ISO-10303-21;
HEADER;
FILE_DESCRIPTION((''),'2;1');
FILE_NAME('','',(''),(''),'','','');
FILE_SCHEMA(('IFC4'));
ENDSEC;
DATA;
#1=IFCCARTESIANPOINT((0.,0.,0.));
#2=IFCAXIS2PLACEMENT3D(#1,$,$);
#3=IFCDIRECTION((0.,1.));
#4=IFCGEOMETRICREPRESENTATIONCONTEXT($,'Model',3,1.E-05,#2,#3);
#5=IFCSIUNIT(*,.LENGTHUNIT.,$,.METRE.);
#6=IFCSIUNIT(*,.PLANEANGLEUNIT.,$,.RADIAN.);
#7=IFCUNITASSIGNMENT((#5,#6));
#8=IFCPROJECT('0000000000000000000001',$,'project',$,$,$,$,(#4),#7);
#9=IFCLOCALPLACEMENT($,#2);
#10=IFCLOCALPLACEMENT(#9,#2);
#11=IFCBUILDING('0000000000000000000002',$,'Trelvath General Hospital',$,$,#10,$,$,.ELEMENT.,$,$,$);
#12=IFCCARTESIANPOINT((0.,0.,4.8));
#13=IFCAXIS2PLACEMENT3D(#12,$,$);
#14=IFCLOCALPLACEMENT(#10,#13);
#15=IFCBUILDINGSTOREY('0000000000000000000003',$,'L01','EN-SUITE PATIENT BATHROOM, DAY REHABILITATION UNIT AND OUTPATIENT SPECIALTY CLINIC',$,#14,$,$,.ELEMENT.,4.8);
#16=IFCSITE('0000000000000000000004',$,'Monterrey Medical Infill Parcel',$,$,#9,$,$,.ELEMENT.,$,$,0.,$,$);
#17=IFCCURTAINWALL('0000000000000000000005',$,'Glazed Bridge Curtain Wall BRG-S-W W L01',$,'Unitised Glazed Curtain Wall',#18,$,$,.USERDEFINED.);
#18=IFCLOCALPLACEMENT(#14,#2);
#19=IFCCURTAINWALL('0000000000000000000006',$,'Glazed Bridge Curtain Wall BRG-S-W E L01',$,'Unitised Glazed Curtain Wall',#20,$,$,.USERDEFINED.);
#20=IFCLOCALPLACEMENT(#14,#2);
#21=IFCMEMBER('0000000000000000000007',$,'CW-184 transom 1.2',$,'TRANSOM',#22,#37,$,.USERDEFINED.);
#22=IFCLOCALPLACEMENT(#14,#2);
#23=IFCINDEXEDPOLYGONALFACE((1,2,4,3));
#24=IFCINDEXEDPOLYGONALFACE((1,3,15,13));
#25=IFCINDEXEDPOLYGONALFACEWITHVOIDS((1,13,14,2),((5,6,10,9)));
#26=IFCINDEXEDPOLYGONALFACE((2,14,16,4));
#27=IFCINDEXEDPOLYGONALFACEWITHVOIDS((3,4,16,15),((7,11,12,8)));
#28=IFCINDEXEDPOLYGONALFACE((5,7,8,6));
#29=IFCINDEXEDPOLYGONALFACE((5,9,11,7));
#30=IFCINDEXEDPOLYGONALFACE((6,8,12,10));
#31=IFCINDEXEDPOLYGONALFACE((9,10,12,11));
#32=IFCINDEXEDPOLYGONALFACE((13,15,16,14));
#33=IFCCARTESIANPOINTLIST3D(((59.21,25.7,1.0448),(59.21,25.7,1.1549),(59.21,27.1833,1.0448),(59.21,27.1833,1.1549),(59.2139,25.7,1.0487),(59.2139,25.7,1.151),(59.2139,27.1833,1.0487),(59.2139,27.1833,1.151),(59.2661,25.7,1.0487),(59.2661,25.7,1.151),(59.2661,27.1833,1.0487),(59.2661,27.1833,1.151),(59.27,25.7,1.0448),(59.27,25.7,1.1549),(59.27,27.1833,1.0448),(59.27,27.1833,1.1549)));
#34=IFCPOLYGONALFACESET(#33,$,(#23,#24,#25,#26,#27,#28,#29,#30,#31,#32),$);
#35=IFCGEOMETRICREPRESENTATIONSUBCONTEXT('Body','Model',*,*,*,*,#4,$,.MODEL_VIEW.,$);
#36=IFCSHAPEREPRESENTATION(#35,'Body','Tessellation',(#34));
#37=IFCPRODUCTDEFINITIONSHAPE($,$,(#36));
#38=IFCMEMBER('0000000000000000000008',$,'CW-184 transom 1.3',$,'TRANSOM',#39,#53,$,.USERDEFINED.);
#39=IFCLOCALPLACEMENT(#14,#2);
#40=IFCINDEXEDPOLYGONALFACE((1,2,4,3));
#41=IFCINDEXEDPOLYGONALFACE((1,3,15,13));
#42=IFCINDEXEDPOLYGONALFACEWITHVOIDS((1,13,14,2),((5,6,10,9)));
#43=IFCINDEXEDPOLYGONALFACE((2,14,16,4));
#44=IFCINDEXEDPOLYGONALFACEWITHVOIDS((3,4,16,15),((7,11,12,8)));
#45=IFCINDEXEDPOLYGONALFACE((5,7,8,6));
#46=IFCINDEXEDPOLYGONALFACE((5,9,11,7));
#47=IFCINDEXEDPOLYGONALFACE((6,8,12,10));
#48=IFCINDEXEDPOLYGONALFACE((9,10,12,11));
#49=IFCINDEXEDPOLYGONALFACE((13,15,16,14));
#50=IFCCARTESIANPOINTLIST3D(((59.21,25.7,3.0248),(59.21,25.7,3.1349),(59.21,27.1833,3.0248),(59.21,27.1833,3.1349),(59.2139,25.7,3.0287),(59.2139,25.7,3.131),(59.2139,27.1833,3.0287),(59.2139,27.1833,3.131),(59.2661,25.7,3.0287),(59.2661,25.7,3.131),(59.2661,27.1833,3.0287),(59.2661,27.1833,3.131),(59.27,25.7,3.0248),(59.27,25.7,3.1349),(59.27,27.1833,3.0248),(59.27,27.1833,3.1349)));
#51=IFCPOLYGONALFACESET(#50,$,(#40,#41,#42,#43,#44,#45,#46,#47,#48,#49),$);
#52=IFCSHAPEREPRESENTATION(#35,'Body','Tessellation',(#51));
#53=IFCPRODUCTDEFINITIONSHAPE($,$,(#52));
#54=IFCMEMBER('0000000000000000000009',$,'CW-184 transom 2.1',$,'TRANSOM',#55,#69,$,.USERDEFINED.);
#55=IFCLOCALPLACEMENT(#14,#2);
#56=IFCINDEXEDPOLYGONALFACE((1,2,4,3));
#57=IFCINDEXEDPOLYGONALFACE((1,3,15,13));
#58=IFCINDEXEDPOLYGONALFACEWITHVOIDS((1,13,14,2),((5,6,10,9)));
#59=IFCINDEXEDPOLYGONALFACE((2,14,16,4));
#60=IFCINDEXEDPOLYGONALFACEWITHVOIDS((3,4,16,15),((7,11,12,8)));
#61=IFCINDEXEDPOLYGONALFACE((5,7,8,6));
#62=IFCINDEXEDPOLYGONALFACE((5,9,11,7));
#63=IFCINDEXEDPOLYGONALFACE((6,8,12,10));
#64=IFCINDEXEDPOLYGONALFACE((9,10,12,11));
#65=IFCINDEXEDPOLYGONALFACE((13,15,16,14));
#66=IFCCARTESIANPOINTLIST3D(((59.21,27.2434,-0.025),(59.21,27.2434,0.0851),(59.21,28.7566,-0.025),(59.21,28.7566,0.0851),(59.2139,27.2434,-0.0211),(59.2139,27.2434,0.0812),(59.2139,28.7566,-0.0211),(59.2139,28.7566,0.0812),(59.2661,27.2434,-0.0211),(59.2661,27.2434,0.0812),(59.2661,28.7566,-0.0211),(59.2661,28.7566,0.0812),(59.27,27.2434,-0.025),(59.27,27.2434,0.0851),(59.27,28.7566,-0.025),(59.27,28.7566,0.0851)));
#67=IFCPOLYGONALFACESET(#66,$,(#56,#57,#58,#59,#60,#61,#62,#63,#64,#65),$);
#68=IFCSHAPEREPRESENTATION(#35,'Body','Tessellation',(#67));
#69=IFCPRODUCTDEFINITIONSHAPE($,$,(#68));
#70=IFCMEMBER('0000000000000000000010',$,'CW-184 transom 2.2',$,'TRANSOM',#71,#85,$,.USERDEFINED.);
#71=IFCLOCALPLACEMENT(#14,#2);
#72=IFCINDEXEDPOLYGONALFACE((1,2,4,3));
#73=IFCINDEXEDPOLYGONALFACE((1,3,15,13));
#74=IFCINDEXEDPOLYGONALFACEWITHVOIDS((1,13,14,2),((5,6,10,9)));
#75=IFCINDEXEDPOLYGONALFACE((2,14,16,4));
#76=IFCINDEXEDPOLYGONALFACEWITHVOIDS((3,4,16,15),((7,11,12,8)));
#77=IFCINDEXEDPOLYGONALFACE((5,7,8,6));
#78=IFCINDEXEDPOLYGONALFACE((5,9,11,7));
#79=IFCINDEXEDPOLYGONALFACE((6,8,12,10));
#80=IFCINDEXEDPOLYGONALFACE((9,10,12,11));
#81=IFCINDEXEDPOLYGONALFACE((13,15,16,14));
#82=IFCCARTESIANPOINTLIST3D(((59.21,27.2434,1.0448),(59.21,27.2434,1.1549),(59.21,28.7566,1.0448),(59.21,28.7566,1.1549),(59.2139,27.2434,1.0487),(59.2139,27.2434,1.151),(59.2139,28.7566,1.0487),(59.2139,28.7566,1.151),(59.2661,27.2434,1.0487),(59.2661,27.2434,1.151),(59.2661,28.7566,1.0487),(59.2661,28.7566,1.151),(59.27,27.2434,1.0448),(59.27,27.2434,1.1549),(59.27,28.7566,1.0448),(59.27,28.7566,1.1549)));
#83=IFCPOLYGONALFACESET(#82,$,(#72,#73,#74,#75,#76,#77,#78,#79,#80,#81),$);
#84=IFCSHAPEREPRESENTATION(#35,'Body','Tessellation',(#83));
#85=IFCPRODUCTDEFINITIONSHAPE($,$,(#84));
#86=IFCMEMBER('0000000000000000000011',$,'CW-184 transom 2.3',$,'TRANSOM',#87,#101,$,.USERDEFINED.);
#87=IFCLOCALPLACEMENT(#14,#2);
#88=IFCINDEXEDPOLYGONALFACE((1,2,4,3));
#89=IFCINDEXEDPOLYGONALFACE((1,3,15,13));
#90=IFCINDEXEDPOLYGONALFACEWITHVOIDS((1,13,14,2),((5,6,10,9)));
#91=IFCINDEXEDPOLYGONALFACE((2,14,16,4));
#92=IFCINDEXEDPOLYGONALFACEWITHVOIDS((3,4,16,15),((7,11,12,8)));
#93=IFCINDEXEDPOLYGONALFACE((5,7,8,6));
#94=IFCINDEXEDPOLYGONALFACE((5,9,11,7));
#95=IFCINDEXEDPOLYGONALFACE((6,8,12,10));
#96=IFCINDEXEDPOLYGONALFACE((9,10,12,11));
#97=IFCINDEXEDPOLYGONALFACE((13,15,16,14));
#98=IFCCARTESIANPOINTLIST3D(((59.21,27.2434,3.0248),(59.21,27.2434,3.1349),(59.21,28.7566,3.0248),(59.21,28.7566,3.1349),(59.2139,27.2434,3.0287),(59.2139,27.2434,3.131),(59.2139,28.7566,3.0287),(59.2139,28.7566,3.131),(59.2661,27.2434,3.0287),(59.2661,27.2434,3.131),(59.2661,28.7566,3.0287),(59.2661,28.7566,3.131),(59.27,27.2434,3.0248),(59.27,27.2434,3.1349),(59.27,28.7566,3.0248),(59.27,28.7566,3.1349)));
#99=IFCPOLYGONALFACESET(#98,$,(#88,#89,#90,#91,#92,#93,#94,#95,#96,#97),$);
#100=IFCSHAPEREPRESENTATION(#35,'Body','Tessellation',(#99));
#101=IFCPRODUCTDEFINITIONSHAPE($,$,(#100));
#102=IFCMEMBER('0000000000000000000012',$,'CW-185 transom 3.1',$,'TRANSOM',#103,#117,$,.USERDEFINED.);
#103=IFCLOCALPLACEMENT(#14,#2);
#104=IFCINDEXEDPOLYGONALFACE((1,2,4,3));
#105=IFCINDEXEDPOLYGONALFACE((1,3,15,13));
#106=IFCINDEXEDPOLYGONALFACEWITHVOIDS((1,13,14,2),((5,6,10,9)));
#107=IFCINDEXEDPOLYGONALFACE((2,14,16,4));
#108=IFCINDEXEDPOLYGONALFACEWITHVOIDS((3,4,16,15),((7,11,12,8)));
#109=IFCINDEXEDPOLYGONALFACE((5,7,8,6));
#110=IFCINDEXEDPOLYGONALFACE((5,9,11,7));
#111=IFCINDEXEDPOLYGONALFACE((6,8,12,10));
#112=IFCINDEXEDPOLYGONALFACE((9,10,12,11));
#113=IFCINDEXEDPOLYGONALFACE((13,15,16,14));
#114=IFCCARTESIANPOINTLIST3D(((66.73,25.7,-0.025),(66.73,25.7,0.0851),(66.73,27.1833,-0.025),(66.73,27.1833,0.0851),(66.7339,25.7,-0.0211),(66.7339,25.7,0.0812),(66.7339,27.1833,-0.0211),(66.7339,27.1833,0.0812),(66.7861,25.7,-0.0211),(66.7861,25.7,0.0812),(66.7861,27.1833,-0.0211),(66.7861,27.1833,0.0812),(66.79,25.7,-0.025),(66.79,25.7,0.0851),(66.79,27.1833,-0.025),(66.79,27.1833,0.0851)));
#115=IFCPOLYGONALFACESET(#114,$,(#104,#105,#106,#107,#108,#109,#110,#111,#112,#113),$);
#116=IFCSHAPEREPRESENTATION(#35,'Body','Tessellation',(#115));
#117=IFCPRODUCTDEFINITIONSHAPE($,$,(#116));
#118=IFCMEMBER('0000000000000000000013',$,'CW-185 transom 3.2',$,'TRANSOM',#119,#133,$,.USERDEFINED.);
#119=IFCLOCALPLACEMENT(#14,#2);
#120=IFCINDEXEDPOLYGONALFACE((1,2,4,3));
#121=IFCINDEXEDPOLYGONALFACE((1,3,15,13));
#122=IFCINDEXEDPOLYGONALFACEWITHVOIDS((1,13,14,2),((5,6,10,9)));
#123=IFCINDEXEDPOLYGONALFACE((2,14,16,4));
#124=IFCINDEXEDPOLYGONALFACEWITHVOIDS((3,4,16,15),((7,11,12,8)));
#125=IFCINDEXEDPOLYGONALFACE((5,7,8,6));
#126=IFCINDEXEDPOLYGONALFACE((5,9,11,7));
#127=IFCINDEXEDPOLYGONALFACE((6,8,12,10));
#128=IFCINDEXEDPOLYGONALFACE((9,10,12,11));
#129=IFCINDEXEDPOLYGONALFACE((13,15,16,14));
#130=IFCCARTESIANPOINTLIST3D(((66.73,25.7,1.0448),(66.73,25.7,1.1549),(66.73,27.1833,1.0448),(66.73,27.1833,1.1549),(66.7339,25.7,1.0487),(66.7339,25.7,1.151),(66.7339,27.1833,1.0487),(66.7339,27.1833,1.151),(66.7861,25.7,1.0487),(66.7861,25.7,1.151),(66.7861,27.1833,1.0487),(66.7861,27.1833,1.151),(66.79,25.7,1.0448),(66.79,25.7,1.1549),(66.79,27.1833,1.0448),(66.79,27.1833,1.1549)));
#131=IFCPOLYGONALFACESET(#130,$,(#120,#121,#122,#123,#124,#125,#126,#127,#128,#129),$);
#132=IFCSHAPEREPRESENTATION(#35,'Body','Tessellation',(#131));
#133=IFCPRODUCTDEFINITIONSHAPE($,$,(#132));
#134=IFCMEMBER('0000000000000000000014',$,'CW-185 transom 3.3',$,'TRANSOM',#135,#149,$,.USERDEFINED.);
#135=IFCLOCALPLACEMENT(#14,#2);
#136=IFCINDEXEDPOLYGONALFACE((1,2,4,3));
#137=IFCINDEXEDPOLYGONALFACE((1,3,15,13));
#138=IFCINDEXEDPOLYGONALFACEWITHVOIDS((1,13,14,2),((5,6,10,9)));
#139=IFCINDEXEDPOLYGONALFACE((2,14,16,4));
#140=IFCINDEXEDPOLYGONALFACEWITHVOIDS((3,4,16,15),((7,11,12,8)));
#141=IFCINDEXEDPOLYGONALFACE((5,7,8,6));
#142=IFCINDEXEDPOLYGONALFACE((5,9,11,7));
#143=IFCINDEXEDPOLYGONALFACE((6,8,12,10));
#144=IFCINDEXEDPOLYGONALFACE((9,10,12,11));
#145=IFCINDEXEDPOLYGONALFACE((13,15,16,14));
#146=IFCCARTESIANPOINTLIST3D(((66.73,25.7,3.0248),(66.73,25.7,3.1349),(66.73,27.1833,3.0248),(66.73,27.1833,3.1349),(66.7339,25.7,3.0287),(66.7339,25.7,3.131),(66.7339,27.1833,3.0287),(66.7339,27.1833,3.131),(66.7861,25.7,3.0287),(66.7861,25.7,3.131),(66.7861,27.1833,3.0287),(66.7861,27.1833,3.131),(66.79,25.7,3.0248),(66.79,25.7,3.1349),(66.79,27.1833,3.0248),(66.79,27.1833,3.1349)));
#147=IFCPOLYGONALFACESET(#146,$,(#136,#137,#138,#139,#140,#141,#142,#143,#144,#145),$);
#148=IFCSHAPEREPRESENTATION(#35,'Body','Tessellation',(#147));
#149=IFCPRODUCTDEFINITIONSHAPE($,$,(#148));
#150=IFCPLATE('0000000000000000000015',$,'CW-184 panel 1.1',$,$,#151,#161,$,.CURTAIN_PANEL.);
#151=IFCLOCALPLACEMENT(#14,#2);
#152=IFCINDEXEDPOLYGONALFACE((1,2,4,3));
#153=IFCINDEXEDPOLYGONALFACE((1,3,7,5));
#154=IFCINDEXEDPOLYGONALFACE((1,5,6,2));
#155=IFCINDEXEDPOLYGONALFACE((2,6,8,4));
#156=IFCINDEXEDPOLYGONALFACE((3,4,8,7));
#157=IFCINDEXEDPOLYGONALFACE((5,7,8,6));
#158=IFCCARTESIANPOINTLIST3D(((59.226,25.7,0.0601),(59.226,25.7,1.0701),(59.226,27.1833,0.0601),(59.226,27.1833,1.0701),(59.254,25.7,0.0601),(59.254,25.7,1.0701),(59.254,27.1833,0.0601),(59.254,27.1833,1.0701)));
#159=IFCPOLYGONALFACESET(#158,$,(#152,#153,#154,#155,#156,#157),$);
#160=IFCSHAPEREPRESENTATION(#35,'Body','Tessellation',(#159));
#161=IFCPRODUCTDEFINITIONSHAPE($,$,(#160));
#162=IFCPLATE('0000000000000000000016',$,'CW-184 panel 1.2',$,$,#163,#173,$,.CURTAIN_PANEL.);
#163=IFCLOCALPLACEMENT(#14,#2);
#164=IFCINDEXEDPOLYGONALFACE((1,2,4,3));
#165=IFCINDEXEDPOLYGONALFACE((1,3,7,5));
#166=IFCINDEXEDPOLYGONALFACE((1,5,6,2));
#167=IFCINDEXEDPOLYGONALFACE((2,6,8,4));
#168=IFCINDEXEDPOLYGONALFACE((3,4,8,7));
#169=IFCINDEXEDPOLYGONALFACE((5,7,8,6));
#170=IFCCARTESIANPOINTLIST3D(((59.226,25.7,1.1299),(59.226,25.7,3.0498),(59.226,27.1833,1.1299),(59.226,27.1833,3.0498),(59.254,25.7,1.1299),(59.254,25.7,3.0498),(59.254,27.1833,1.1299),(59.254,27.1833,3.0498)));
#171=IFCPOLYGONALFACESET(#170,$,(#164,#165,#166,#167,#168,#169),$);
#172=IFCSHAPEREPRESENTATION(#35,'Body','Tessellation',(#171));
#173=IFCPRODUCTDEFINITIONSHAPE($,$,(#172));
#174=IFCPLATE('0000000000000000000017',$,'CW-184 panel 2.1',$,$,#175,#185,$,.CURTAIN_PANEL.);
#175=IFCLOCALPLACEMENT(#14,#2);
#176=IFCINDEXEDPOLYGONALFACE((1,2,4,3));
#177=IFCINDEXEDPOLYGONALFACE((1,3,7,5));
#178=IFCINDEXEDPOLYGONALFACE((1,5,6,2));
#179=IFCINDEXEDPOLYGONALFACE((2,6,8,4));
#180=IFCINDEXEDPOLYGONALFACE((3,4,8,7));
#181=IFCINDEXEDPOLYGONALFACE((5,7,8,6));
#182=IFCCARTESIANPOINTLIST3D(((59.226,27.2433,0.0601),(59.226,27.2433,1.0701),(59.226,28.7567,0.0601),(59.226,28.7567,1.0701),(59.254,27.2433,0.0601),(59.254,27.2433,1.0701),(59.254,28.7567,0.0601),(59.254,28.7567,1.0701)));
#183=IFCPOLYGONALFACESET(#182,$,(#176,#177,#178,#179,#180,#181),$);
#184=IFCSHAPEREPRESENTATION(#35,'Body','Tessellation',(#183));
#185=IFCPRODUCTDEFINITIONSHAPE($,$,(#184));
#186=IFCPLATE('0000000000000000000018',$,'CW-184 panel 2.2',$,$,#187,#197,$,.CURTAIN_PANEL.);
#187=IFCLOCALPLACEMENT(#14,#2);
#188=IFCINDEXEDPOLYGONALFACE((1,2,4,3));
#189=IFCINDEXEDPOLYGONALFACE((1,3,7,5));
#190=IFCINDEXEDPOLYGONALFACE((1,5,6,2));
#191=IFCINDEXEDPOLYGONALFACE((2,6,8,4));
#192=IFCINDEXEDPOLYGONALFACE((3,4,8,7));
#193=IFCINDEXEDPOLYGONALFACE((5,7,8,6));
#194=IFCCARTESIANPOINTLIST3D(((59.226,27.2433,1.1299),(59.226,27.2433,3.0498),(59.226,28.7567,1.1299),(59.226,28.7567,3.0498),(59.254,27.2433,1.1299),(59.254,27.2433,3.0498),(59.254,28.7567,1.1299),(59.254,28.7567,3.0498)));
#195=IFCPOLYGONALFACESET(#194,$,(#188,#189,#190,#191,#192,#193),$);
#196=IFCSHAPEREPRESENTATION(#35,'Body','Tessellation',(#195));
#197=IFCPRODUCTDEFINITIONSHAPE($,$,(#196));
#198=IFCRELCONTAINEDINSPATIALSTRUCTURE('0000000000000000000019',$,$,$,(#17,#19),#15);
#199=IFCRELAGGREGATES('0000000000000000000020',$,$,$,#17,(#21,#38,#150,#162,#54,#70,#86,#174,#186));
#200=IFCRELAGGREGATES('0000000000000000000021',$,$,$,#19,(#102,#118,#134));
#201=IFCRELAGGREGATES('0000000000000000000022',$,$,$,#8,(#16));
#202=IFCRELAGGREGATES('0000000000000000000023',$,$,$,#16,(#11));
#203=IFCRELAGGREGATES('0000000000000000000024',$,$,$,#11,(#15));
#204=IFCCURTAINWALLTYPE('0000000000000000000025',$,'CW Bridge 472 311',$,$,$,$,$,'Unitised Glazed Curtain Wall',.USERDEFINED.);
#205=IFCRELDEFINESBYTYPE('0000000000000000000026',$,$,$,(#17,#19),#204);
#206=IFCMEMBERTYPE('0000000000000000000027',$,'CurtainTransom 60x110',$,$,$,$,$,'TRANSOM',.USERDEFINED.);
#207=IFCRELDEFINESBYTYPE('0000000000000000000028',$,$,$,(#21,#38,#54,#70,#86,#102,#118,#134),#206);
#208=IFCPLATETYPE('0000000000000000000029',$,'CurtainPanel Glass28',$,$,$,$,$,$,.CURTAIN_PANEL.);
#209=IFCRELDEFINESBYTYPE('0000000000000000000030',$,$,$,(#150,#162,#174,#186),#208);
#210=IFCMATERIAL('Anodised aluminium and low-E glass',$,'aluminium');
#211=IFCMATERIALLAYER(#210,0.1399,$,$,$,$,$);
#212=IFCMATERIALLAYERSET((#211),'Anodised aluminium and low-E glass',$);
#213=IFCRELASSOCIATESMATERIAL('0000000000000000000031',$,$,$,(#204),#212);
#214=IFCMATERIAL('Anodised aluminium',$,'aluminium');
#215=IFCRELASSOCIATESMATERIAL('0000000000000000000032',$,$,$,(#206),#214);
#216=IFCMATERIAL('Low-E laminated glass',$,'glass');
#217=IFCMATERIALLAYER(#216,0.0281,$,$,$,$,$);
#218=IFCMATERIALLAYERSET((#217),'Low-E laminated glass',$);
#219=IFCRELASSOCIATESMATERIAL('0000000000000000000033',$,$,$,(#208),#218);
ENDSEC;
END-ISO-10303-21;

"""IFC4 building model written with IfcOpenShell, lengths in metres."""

from ifc_helpers import new_model, si_unit, direction, frame, origin, origin_2d, place, context, subcontext, project, spatial, rectangle, hollow_rectangle, extrude, material, layer, layer_set, material_profile, profile_set, type_object, element, aggregate, save


model = new_model("IFC4")

# Units and contexts
model_context = context("Model", 3, precision=1e-05, world=origin(), true_north=direction((0.0, 1.0)))
body_context = subcontext(model_context, "Body", "Model", "MODEL_VIEW")
ifc_project = project(units=[si_unit("LENGTHUNIT", "METRE"), si_unit("PLANEANGLEUNIT", "RADIAN")], contexts=[model_context])

# Site, building, storey
site_placement = place(None, origin())
site = spatial("IfcSite", under=ifc_project, at=site_placement, Name="Monterrey Medical Infill Parcel", CompositionType="ELEMENT", RefElevation=0.0)
building_placement = place(site_placement, origin())
building = spatial("IfcBuilding", under=site, at=building_placement, Name="Trelvath General Hospital", CompositionType="ELEMENT")
storey_placement = place(building_placement, frame((0.0, 0.0, 4.8)))
storey = spatial("IfcBuildingStorey", under=building, at=storey_placement, Name="L01", Description="EN-SUITE PATIENT BATHROOM, DAY REHABILITATION UNIT AND OUTPATIENT SPECIALTY CLINIC", CompositionType="ELEMENT", Elevation=4.8)

# Curtain walls
ifc_material_1 = material(Name="Anodised aluminium and low-E glass", Category="aluminium")
ifc_layer_1 = layer(ifc_material_1, 0.1399)
ifc_layer_set_1 = layer_set([ifc_layer_1], Name="Anodised aluminium and low-E glass")
curtain_wall_type = type_object("IfcCurtainWallType", Name="CW Bridge 472 311", ElementType="Unitised Glazed Curtain Wall", PredefinedType="USERDEFINED", material=ifc_layer_set_1)
curtain_wall_1_placement = place(storey_placement, origin())
curtain_wall_1 = element("IfcCurtainWall", 1, at=curtain_wall_1_placement, inside=storey, type_object=curtain_wall_type, Name="Glazed Bridge Curtain Wall BRG-S-W W L01", ObjectType="Unitised Glazed Curtain Wall", PredefinedType="USERDEFINED")
curtain_wall_2_placement = place(storey_placement, origin())
curtain_wall_2 = element("IfcCurtainWall", 2, at=curtain_wall_2_placement, inside=storey, type_object=curtain_wall_type, Name="Glazed Bridge Curtain Wall BRG-S-W E L01", ObjectType="Unitised Glazed Curtain Wall", PredefinedType="USERDEFINED")

# Members
ifc_material_2 = material(Name="Anodised aluminium", Category="aluminium")
ifc_material_profile_1 = material_profile(ifc_material_2, hollow_rectangle(XDim=0.0601, YDim=0.1101, WallThickness=0.0039, at=origin_2d()), Name="RHS60x110x4")
ifc_profile_set_1 = profile_set([ifc_material_profile_1], Name="Anodised aluminium")
member_type_1 = type_object("IfcMemberType", Name="CurtainTransom 60x110", ElementType="TRANSOM", PredefinedType="USERDEFINED", material=ifc_profile_set_1)
member_1_placement = place(storey_placement, frame((59.24, 25.7, 1.0999), z_axis=(0.0, 1.0, 0.0), x_axis=(-1.0, 0.0, 0.0)))
member_1 = element("IfcMember", 3, at=member_1_placement, type_object=member_type_1, Name="CW-184 transom 1.2", ObjectType="TRANSOM", PredefinedType="USERDEFINED", context=body_context, shape_type="SweptSolid", body=[
    extrude(hollow_rectangle(XDim=0.0601, YDim=0.1101, WallThickness=0.0039, at=origin_2d()), origin(), (0.0, 0.0, 1.0), 1.4834),
])
member_2_placement = place(storey_placement, frame((59.24, 25.7, 3.0798), z_axis=(0.0, 1.0, 0.0), x_axis=(-1.0, 0.0, 0.0)))
member_2 = element("IfcMember", 4, at=member_2_placement, type_object=member_type_1, Name="CW-184 transom 1.3", ObjectType="TRANSOM", PredefinedType="USERDEFINED", context=body_context, shape_type="SweptSolid", body=[
    extrude(hollow_rectangle(XDim=0.0601, YDim=0.1101, WallThickness=0.0039, at=origin_2d()), origin(), (0.0, 0.0, 1.0), 1.4834),
])
member_3_placement = place(storey_placement, frame((59.24, 27.2434, 0.03), z_axis=(0.0, 1.0, 0.0), x_axis=(-1.0, 0.0, 0.0)))
member_3 = element("IfcMember", 5, at=member_3_placement, type_object=member_type_1, Name="CW-184 transom 2.1", ObjectType="TRANSOM", PredefinedType="USERDEFINED", context=body_context, shape_type="SweptSolid", body=[
    extrude(hollow_rectangle(XDim=0.0601, YDim=0.1101, WallThickness=0.0039, at=origin_2d()), origin(), (0.0, 0.0, 1.0), 1.5132),
])
member_4_placement = place(storey_placement, frame((59.24, 27.2434, 1.0999), z_axis=(0.0, 1.0, 0.0), x_axis=(-1.0, 0.0, 0.0)))
member_4 = element("IfcMember", 6, at=member_4_placement, type_object=member_type_1, Name="CW-184 transom 2.2", ObjectType="TRANSOM", PredefinedType="USERDEFINED", context=body_context, shape_type="SweptSolid", body=[
    extrude(hollow_rectangle(XDim=0.0601, YDim=0.1101, WallThickness=0.0039, at=origin_2d()), origin(), (0.0, 0.0, 1.0), 1.5132),
])
member_5_placement = place(storey_placement, frame((59.24, 27.2434, 3.0798), z_axis=(0.0, 1.0, 0.0), x_axis=(-1.0, 0.0, 0.0)))
member_5 = element("IfcMember", 7, at=member_5_placement, type_object=member_type_1, Name="CW-184 transom 2.3", ObjectType="TRANSOM", PredefinedType="USERDEFINED", context=body_context, shape_type="SweptSolid", body=[
    extrude(hollow_rectangle(XDim=0.0601, YDim=0.1101, WallThickness=0.0039, at=origin_2d()), origin(), (0.0, 0.0, 1.0), 1.5132),
])
member_6_placement = place(storey_placement, frame((66.76, 27.1833, 0.03), z_axis=(0.0, -1.0, 0.0), x_axis=(1.0, 0.0, 0.0)))
member_6 = element("IfcMember", 8, at=member_6_placement, type_object=member_type_1, Name="CW-185 transom 3.1", ObjectType="TRANSOM", PredefinedType="USERDEFINED", context=body_context, shape_type="SweptSolid", body=[
    extrude(hollow_rectangle(XDim=0.0601, YDim=0.1101, WallThickness=0.0039, at=origin_2d()), origin(), (0.0, 0.0, 1.0), 1.4834),
])
member_7_placement = place(storey_placement, frame((66.76, 27.1833, 1.0999), z_axis=(0.0, -1.0, 0.0), x_axis=(1.0, 0.0, 0.0)))
member_7 = element("IfcMember", 9, at=member_7_placement, type_object=member_type_1, Name="CW-185 transom 3.2", ObjectType="TRANSOM", PredefinedType="USERDEFINED", context=body_context, shape_type="SweptSolid", body=[
    extrude(hollow_rectangle(XDim=0.0601, YDim=0.1101, WallThickness=0.0039, at=origin_2d()), origin(), (0.0, 0.0, 1.0), 1.4834),
])
member_8_placement = place(storey_placement, frame((66.76, 27.1833, 3.0798), z_axis=(0.0, -1.0, 0.0), x_axis=(1.0, 0.0, 0.0)))
member_8 = element("IfcMember", 10, at=member_8_placement, type_object=member_type_1, Name="CW-185 transom 3.3", ObjectType="TRANSOM", PredefinedType="USERDEFINED", context=body_context, shape_type="SweptSolid", body=[
    extrude(hollow_rectangle(XDim=0.0601, YDim=0.1101, WallThickness=0.0039, at=origin_2d()), origin(), (0.0, 0.0, 1.0), 1.4834),
])

# Plates
ifc_material_3 = material(Name="Low-E laminated glass", Category="glass")
ifc_layer_2 = layer(ifc_material_3, 0.0281)
ifc_layer_set_2 = layer_set([ifc_layer_2], Name="Low-E laminated glass")
plate_type = type_object("IfcPlateType", Name="CurtainPanel Glass28", PredefinedType="CURTAIN_PANEL", material=ifc_layer_set_2)
plate_1_placement = place(storey_placement, frame((59.24, 26.4417, 0.0601), z_axis=(0.0, 0.0, 1.0), x_axis=(0.0, 1.0, 0.0)))
plate_1 = element("IfcPlate", 11, at=plate_1_placement, type_object=plate_type, Name="CW-184 panel 1.1", PredefinedType="CURTAIN_PANEL", context=body_context, shape_type="SweptSolid", body=[
    extrude(rectangle(XDim=1.4834, YDim=0.0281, at=origin_2d()), origin(), (0.0, 0.0, 1.0), 1.01),
])
plate_2_placement = place(storey_placement, frame((59.24, 26.4417, 1.1299), z_axis=(0.0, 0.0, 1.0), x_axis=(0.0, 1.0, 0.0)))
plate_2 = element("IfcPlate", 12, at=plate_2_placement, type_object=plate_type, Name="CW-184 panel 1.2", PredefinedType="CURTAIN_PANEL", context=body_context, shape_type="SweptSolid", body=[
    extrude(rectangle(XDim=1.4834, YDim=0.0281, at=origin_2d()), origin(), (0.0, 0.0, 1.0), 1.9199),
])
plate_3_placement = place(storey_placement, frame((59.24, 28.0, 0.0601), z_axis=(0.0, 0.0, 1.0), x_axis=(0.0, 1.0, 0.0)))
plate_3 = element("IfcPlate", 13, at=plate_3_placement, type_object=plate_type, Name="CW-184 panel 2.1", PredefinedType="CURTAIN_PANEL", context=body_context, shape_type="SweptSolid", body=[
    extrude(rectangle(XDim=1.5134, YDim=0.0281, at=origin_2d()), origin(), (0.0, 0.0, 1.0), 1.01),
])
plate_4_placement = place(storey_placement, frame((59.24, 28.0, 1.1299), z_axis=(0.0, 0.0, 1.0), x_axis=(0.0, 1.0, 0.0)))
plate_4 = element("IfcPlate", 14, at=plate_4_placement, type_object=plate_type, Name="CW-184 panel 2.2", PredefinedType="CURTAIN_PANEL", context=body_context, shape_type="SweptSolid", body=[
    extrude(rectangle(XDim=1.5134, YDim=0.0281, at=origin_2d()), origin(), (0.0, 0.0, 1.0), 1.9199),
])
aggregate(curtain_wall_1, [member_1, member_2, plate_1, plate_2, member_3, member_4, member_5, plate_3, plate_4])
aggregate(curtain_wall_2, [member_6, member_7, member_8])

save(model, "model.ifc")
